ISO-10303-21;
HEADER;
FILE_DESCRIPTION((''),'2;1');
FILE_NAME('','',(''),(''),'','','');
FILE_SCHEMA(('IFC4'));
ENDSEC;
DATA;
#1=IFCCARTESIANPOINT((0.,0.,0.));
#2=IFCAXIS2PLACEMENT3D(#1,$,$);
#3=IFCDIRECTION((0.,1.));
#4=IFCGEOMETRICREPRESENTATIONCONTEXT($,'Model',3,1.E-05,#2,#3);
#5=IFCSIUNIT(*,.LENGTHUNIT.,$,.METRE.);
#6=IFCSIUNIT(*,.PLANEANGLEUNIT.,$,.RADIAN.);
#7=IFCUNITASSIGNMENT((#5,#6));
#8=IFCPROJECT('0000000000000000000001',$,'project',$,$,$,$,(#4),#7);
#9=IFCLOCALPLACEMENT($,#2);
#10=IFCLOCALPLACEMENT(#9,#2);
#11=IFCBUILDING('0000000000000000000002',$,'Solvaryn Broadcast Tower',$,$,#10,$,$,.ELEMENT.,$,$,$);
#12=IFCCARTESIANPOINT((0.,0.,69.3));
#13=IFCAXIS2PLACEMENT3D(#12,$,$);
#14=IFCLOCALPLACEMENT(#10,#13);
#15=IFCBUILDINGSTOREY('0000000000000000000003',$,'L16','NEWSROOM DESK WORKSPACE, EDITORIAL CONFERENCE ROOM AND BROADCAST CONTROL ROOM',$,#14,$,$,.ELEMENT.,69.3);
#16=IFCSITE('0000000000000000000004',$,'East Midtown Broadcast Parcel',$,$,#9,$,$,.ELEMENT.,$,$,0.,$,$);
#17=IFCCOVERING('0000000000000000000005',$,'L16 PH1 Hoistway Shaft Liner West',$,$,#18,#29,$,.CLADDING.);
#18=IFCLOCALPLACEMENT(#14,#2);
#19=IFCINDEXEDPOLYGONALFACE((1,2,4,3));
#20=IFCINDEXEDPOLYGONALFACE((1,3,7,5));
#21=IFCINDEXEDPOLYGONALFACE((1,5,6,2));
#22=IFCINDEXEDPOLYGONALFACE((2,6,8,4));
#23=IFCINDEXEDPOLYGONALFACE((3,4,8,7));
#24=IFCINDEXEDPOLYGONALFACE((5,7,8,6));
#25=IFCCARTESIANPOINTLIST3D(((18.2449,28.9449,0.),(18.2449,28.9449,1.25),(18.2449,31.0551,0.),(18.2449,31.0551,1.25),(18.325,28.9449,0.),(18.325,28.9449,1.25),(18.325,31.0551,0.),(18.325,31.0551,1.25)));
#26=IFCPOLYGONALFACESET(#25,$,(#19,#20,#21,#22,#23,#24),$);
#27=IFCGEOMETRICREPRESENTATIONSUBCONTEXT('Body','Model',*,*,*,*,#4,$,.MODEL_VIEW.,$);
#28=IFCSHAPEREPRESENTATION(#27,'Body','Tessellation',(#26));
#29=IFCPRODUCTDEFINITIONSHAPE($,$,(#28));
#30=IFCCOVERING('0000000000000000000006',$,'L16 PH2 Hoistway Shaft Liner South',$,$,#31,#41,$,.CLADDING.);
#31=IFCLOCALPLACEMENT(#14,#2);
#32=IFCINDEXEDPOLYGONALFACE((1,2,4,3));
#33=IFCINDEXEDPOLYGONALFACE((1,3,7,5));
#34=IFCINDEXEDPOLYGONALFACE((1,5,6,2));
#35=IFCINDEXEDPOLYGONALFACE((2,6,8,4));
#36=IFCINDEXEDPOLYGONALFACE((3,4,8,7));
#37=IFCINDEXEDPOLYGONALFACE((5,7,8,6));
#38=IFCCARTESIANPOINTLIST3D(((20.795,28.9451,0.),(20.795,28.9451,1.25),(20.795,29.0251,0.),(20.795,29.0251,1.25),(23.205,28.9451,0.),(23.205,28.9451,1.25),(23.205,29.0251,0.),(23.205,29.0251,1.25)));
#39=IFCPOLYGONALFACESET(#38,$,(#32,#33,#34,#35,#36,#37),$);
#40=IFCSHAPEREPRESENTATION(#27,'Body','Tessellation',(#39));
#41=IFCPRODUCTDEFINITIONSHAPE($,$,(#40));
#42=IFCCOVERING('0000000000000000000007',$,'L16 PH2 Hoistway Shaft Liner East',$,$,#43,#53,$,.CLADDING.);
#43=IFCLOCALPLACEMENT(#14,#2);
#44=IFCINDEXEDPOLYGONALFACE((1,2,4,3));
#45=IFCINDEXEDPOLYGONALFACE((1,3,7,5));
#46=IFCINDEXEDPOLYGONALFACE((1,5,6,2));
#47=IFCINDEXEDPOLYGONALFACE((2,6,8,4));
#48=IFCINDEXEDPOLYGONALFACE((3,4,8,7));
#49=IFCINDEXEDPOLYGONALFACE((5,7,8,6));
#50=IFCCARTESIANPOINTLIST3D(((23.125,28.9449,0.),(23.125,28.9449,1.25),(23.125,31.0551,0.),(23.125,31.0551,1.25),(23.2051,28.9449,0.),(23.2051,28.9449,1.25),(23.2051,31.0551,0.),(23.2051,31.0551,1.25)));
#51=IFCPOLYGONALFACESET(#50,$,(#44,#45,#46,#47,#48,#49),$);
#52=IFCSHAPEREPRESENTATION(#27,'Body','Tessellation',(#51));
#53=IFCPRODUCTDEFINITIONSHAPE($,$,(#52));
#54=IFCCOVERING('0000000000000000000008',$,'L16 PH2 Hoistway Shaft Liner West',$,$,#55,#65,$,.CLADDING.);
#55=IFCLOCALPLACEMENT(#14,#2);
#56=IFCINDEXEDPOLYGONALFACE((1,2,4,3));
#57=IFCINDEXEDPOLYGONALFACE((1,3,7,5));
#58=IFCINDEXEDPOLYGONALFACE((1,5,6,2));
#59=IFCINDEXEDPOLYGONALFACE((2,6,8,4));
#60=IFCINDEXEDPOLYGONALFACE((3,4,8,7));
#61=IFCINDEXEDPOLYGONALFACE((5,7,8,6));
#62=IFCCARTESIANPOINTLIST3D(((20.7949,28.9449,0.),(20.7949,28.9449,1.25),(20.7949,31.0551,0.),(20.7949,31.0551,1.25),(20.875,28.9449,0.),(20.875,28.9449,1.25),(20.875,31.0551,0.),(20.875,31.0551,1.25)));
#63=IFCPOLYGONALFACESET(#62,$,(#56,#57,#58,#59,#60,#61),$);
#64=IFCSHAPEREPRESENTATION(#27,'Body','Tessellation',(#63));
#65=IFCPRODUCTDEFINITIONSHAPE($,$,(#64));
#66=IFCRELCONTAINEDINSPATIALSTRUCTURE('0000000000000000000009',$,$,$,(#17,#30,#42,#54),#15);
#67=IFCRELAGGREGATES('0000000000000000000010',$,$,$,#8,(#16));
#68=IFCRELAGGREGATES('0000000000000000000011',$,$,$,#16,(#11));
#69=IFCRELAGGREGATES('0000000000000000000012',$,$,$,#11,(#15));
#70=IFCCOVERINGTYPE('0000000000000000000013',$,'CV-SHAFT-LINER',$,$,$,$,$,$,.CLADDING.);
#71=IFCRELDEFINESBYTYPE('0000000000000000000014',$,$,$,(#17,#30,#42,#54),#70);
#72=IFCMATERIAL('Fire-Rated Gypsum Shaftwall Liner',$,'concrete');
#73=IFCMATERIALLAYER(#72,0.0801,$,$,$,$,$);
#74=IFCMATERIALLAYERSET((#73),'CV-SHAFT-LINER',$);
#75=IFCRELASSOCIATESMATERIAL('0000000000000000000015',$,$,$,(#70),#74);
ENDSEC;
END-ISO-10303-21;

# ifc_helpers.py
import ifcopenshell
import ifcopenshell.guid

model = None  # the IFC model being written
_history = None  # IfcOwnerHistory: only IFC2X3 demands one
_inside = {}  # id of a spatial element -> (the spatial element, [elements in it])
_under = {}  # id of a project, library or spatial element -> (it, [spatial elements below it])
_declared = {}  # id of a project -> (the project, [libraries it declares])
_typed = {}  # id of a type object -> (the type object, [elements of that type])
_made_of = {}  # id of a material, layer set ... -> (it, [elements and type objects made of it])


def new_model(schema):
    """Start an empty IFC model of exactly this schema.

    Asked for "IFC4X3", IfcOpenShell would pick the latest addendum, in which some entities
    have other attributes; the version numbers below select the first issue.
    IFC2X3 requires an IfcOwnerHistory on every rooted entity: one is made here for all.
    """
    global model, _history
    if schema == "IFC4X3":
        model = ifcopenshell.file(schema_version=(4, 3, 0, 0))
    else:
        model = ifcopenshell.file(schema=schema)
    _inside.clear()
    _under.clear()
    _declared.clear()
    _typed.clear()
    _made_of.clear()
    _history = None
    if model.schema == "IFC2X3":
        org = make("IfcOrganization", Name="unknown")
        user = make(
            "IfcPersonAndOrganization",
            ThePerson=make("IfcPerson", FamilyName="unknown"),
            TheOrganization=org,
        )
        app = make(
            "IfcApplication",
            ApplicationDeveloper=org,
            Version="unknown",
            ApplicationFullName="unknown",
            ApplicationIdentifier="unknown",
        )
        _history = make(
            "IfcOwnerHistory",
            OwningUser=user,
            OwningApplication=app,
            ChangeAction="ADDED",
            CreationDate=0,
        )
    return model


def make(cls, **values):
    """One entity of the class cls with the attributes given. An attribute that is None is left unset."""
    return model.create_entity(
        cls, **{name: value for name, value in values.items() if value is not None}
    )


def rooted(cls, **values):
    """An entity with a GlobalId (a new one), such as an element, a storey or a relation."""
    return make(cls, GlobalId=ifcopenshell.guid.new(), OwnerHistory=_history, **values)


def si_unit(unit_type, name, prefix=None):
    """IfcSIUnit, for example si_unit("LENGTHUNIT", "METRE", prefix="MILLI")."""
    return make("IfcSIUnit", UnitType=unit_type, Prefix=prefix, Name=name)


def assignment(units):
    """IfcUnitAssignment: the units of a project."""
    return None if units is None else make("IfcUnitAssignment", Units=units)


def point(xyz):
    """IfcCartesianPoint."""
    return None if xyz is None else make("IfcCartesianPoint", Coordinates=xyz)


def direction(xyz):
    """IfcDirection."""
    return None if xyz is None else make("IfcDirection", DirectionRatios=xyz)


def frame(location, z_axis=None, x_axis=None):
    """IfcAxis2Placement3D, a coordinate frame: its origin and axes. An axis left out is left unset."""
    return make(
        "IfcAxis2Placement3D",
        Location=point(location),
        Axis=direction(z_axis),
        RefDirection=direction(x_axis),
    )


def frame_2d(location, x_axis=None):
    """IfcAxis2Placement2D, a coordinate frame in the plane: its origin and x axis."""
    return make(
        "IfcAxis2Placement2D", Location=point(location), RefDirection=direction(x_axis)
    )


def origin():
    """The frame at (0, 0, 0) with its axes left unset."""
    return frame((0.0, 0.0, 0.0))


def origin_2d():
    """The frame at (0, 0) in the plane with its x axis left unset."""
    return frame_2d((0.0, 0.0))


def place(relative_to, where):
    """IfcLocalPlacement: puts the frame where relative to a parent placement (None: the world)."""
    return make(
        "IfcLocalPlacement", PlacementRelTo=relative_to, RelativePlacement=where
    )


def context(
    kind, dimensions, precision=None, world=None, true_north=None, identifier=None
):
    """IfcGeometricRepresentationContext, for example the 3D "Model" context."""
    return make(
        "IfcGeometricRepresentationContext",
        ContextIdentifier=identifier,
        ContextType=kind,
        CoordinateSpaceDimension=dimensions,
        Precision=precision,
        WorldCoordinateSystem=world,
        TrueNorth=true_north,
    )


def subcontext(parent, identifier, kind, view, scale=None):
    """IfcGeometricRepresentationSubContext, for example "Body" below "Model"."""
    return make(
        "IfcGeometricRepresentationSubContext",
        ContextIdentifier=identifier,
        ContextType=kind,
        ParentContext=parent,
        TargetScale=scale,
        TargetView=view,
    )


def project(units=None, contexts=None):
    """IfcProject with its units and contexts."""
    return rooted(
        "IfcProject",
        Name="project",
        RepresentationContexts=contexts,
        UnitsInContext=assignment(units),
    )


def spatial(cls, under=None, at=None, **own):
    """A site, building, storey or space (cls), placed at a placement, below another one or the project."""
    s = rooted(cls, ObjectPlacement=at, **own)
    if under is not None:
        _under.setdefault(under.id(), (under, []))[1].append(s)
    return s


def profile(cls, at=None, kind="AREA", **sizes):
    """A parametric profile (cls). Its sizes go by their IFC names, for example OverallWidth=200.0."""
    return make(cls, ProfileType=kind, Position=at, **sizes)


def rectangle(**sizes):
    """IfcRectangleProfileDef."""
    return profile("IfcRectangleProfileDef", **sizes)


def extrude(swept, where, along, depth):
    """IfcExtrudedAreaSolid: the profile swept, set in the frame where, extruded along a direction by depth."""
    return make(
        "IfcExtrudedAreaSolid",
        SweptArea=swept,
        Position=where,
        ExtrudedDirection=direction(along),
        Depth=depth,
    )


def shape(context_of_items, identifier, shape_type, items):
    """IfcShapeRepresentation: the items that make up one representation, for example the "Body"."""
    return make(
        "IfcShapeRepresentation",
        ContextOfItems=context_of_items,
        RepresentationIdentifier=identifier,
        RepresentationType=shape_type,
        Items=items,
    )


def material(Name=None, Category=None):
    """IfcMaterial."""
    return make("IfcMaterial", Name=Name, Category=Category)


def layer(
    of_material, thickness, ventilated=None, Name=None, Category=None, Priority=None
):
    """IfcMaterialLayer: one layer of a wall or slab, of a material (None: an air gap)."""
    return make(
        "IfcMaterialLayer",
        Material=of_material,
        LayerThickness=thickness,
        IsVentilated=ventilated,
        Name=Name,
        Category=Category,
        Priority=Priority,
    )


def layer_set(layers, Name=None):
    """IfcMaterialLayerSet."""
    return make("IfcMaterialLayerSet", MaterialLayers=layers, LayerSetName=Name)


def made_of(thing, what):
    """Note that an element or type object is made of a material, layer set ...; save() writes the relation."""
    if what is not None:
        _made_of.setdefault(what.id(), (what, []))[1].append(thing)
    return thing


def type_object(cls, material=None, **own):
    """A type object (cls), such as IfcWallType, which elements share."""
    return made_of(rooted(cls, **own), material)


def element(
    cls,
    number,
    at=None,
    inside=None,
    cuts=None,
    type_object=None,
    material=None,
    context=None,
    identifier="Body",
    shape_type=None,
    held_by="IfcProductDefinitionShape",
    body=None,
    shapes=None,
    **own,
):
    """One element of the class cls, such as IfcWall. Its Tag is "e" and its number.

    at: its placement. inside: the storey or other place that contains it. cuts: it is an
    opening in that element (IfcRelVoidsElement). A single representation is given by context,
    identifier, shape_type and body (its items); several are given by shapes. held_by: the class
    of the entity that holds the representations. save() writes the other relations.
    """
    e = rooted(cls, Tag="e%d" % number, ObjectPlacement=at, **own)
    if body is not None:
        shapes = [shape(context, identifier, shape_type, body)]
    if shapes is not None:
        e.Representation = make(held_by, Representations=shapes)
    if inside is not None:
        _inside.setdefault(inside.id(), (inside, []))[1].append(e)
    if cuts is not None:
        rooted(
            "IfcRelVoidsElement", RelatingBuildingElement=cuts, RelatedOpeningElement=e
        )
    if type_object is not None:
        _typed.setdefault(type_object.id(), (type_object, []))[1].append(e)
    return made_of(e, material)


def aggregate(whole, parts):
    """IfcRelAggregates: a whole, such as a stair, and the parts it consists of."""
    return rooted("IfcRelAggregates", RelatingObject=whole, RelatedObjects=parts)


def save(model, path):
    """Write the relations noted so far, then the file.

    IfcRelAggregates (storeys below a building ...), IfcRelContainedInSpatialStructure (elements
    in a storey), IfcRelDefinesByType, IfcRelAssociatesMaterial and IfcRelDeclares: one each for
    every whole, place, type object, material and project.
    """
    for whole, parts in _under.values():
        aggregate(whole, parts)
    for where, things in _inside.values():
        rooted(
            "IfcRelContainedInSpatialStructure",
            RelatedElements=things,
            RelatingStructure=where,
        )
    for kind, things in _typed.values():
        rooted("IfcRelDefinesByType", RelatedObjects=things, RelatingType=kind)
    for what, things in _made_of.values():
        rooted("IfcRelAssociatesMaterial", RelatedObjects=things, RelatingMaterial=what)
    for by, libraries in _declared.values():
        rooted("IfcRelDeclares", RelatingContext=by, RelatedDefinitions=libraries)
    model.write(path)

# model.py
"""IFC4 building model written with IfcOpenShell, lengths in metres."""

from ifc_helpers import new_model, si_unit, direction, frame, origin, origin_2d, place, context, subcontext, project, spatial, rectangle, extrude, material, layer, layer_set, type_object, element, save


model = new_model("IFC4")

# Units and contexts
model_context = context("Model", 3, precision=1e-05, world=origin(), true_north=direction((0.0, 1.0)))
body_context = subcontext(model_context, "Body", "Model", "MODEL_VIEW")
ifc_project = project(units=[si_unit("LENGTHUNIT", "METRE"), si_unit("PLANEANGLEUNIT", "RADIAN")], contexts=[model_context])

# Site, building, storey
site_placement = place(None, origin())
site = spatial("IfcSite", under=ifc_project, at=site_placement, Name="East Midtown Broadcast Parcel", CompositionType="ELEMENT", RefElevation=0.0)
building_placement = place(site_placement, origin())
building = spatial("IfcBuilding", under=site, at=building_placement, Name="Solvaryn Broadcast Tower", CompositionType="ELEMENT")
storey_placement = place(building_placement, frame((0.0, 0.0, 69.3)))
storey = spatial("IfcBuildingStorey", under=building, at=storey_placement, Name="L16", Description="NEWSROOM DESK WORKSPACE, EDITORIAL CONFERENCE ROOM AND BROADCAST CONTROL ROOM", CompositionType="ELEMENT", Elevation=69.3)

# Coverings
ifc_material_1 = material(Name="Fire-Rated Gypsum Shaftwall Liner", Category="concrete")
ifc_layer_1 = layer(ifc_material_1, 0.0801)
ifc_layer_set_1 = layer_set([ifc_layer_1], Name="CV-SHAFT-LINER")
covering_type = type_object("IfcCoveringType", Name="CV-SHAFT-LINER", PredefinedType="CLADDING", material=ifc_layer_set_1)
for number, where, z_axis, x_axis, name in (
    (1, (18.2849, 30.0, 0.0), (0.0, 0.0, 1.0), (1.0, 0.0, 0.0), "L16 PH1 Hoistway Shaft Liner West"),
):
    element("IfcCovering", number, at=place(storey_placement, frame(where, z_axis=z_axis, x_axis=x_axis)), inside=storey, type_object=covering_type, Name=name, PredefinedType="CLADDING", context=body_context, shape_type="SweptSolid", body=[
        extrude(rectangle(XDim=0.0801, YDim=2.1101, at=origin_2d()), origin(), (0.0, 0.0, 1.0), 1.25),
    ])
covering_1_placement = place(storey_placement, frame((22.0, 28.9851, 0.0), z_axis=(0.0, 0.0, 1.0), x_axis=(1.0, 0.0, 0.0)))
element("IfcCovering", 2, at=covering_1_placement, inside=storey, type_object=covering_type, Name="L16 PH2 Hoistway Shaft Liner South", PredefinedType="CLADDING", context=body_context, shape_type="SweptSolid", body=[
    extrude(rectangle(XDim=2.4099, YDim=0.0801, at=origin_2d()), origin(), (0.0, 0.0, 1.0), 1.25),
])
for number, where, z_axis, x_axis, name in (
    (3, (23.165, 30.0, 0.0), (0.0, 0.0, 1.0), (1.0, 0.0, 0.0), "L16 PH2 Hoistway Shaft Liner East"),
    (4, (20.835, 30.0, 0.0), (0.0, 0.0, 1.0), (1.0, 0.0, 0.0), "L16 PH2 Hoistway Shaft Liner West"),
):
    element("IfcCovering", number, at=place(storey_placement, frame(where, z_axis=z_axis, x_axis=x_axis)), inside=storey, type_object=covering_type, Name=name, PredefinedType="CLADDING", context=body_context, shape_type="SweptSolid", body=[
        extrude(rectangle(XDim=0.0801, YDim=2.1101, at=origin_2d()), origin(), (0.0, 0.0, 1.0), 1.25),
    ])

save(model, "model.ifc")
